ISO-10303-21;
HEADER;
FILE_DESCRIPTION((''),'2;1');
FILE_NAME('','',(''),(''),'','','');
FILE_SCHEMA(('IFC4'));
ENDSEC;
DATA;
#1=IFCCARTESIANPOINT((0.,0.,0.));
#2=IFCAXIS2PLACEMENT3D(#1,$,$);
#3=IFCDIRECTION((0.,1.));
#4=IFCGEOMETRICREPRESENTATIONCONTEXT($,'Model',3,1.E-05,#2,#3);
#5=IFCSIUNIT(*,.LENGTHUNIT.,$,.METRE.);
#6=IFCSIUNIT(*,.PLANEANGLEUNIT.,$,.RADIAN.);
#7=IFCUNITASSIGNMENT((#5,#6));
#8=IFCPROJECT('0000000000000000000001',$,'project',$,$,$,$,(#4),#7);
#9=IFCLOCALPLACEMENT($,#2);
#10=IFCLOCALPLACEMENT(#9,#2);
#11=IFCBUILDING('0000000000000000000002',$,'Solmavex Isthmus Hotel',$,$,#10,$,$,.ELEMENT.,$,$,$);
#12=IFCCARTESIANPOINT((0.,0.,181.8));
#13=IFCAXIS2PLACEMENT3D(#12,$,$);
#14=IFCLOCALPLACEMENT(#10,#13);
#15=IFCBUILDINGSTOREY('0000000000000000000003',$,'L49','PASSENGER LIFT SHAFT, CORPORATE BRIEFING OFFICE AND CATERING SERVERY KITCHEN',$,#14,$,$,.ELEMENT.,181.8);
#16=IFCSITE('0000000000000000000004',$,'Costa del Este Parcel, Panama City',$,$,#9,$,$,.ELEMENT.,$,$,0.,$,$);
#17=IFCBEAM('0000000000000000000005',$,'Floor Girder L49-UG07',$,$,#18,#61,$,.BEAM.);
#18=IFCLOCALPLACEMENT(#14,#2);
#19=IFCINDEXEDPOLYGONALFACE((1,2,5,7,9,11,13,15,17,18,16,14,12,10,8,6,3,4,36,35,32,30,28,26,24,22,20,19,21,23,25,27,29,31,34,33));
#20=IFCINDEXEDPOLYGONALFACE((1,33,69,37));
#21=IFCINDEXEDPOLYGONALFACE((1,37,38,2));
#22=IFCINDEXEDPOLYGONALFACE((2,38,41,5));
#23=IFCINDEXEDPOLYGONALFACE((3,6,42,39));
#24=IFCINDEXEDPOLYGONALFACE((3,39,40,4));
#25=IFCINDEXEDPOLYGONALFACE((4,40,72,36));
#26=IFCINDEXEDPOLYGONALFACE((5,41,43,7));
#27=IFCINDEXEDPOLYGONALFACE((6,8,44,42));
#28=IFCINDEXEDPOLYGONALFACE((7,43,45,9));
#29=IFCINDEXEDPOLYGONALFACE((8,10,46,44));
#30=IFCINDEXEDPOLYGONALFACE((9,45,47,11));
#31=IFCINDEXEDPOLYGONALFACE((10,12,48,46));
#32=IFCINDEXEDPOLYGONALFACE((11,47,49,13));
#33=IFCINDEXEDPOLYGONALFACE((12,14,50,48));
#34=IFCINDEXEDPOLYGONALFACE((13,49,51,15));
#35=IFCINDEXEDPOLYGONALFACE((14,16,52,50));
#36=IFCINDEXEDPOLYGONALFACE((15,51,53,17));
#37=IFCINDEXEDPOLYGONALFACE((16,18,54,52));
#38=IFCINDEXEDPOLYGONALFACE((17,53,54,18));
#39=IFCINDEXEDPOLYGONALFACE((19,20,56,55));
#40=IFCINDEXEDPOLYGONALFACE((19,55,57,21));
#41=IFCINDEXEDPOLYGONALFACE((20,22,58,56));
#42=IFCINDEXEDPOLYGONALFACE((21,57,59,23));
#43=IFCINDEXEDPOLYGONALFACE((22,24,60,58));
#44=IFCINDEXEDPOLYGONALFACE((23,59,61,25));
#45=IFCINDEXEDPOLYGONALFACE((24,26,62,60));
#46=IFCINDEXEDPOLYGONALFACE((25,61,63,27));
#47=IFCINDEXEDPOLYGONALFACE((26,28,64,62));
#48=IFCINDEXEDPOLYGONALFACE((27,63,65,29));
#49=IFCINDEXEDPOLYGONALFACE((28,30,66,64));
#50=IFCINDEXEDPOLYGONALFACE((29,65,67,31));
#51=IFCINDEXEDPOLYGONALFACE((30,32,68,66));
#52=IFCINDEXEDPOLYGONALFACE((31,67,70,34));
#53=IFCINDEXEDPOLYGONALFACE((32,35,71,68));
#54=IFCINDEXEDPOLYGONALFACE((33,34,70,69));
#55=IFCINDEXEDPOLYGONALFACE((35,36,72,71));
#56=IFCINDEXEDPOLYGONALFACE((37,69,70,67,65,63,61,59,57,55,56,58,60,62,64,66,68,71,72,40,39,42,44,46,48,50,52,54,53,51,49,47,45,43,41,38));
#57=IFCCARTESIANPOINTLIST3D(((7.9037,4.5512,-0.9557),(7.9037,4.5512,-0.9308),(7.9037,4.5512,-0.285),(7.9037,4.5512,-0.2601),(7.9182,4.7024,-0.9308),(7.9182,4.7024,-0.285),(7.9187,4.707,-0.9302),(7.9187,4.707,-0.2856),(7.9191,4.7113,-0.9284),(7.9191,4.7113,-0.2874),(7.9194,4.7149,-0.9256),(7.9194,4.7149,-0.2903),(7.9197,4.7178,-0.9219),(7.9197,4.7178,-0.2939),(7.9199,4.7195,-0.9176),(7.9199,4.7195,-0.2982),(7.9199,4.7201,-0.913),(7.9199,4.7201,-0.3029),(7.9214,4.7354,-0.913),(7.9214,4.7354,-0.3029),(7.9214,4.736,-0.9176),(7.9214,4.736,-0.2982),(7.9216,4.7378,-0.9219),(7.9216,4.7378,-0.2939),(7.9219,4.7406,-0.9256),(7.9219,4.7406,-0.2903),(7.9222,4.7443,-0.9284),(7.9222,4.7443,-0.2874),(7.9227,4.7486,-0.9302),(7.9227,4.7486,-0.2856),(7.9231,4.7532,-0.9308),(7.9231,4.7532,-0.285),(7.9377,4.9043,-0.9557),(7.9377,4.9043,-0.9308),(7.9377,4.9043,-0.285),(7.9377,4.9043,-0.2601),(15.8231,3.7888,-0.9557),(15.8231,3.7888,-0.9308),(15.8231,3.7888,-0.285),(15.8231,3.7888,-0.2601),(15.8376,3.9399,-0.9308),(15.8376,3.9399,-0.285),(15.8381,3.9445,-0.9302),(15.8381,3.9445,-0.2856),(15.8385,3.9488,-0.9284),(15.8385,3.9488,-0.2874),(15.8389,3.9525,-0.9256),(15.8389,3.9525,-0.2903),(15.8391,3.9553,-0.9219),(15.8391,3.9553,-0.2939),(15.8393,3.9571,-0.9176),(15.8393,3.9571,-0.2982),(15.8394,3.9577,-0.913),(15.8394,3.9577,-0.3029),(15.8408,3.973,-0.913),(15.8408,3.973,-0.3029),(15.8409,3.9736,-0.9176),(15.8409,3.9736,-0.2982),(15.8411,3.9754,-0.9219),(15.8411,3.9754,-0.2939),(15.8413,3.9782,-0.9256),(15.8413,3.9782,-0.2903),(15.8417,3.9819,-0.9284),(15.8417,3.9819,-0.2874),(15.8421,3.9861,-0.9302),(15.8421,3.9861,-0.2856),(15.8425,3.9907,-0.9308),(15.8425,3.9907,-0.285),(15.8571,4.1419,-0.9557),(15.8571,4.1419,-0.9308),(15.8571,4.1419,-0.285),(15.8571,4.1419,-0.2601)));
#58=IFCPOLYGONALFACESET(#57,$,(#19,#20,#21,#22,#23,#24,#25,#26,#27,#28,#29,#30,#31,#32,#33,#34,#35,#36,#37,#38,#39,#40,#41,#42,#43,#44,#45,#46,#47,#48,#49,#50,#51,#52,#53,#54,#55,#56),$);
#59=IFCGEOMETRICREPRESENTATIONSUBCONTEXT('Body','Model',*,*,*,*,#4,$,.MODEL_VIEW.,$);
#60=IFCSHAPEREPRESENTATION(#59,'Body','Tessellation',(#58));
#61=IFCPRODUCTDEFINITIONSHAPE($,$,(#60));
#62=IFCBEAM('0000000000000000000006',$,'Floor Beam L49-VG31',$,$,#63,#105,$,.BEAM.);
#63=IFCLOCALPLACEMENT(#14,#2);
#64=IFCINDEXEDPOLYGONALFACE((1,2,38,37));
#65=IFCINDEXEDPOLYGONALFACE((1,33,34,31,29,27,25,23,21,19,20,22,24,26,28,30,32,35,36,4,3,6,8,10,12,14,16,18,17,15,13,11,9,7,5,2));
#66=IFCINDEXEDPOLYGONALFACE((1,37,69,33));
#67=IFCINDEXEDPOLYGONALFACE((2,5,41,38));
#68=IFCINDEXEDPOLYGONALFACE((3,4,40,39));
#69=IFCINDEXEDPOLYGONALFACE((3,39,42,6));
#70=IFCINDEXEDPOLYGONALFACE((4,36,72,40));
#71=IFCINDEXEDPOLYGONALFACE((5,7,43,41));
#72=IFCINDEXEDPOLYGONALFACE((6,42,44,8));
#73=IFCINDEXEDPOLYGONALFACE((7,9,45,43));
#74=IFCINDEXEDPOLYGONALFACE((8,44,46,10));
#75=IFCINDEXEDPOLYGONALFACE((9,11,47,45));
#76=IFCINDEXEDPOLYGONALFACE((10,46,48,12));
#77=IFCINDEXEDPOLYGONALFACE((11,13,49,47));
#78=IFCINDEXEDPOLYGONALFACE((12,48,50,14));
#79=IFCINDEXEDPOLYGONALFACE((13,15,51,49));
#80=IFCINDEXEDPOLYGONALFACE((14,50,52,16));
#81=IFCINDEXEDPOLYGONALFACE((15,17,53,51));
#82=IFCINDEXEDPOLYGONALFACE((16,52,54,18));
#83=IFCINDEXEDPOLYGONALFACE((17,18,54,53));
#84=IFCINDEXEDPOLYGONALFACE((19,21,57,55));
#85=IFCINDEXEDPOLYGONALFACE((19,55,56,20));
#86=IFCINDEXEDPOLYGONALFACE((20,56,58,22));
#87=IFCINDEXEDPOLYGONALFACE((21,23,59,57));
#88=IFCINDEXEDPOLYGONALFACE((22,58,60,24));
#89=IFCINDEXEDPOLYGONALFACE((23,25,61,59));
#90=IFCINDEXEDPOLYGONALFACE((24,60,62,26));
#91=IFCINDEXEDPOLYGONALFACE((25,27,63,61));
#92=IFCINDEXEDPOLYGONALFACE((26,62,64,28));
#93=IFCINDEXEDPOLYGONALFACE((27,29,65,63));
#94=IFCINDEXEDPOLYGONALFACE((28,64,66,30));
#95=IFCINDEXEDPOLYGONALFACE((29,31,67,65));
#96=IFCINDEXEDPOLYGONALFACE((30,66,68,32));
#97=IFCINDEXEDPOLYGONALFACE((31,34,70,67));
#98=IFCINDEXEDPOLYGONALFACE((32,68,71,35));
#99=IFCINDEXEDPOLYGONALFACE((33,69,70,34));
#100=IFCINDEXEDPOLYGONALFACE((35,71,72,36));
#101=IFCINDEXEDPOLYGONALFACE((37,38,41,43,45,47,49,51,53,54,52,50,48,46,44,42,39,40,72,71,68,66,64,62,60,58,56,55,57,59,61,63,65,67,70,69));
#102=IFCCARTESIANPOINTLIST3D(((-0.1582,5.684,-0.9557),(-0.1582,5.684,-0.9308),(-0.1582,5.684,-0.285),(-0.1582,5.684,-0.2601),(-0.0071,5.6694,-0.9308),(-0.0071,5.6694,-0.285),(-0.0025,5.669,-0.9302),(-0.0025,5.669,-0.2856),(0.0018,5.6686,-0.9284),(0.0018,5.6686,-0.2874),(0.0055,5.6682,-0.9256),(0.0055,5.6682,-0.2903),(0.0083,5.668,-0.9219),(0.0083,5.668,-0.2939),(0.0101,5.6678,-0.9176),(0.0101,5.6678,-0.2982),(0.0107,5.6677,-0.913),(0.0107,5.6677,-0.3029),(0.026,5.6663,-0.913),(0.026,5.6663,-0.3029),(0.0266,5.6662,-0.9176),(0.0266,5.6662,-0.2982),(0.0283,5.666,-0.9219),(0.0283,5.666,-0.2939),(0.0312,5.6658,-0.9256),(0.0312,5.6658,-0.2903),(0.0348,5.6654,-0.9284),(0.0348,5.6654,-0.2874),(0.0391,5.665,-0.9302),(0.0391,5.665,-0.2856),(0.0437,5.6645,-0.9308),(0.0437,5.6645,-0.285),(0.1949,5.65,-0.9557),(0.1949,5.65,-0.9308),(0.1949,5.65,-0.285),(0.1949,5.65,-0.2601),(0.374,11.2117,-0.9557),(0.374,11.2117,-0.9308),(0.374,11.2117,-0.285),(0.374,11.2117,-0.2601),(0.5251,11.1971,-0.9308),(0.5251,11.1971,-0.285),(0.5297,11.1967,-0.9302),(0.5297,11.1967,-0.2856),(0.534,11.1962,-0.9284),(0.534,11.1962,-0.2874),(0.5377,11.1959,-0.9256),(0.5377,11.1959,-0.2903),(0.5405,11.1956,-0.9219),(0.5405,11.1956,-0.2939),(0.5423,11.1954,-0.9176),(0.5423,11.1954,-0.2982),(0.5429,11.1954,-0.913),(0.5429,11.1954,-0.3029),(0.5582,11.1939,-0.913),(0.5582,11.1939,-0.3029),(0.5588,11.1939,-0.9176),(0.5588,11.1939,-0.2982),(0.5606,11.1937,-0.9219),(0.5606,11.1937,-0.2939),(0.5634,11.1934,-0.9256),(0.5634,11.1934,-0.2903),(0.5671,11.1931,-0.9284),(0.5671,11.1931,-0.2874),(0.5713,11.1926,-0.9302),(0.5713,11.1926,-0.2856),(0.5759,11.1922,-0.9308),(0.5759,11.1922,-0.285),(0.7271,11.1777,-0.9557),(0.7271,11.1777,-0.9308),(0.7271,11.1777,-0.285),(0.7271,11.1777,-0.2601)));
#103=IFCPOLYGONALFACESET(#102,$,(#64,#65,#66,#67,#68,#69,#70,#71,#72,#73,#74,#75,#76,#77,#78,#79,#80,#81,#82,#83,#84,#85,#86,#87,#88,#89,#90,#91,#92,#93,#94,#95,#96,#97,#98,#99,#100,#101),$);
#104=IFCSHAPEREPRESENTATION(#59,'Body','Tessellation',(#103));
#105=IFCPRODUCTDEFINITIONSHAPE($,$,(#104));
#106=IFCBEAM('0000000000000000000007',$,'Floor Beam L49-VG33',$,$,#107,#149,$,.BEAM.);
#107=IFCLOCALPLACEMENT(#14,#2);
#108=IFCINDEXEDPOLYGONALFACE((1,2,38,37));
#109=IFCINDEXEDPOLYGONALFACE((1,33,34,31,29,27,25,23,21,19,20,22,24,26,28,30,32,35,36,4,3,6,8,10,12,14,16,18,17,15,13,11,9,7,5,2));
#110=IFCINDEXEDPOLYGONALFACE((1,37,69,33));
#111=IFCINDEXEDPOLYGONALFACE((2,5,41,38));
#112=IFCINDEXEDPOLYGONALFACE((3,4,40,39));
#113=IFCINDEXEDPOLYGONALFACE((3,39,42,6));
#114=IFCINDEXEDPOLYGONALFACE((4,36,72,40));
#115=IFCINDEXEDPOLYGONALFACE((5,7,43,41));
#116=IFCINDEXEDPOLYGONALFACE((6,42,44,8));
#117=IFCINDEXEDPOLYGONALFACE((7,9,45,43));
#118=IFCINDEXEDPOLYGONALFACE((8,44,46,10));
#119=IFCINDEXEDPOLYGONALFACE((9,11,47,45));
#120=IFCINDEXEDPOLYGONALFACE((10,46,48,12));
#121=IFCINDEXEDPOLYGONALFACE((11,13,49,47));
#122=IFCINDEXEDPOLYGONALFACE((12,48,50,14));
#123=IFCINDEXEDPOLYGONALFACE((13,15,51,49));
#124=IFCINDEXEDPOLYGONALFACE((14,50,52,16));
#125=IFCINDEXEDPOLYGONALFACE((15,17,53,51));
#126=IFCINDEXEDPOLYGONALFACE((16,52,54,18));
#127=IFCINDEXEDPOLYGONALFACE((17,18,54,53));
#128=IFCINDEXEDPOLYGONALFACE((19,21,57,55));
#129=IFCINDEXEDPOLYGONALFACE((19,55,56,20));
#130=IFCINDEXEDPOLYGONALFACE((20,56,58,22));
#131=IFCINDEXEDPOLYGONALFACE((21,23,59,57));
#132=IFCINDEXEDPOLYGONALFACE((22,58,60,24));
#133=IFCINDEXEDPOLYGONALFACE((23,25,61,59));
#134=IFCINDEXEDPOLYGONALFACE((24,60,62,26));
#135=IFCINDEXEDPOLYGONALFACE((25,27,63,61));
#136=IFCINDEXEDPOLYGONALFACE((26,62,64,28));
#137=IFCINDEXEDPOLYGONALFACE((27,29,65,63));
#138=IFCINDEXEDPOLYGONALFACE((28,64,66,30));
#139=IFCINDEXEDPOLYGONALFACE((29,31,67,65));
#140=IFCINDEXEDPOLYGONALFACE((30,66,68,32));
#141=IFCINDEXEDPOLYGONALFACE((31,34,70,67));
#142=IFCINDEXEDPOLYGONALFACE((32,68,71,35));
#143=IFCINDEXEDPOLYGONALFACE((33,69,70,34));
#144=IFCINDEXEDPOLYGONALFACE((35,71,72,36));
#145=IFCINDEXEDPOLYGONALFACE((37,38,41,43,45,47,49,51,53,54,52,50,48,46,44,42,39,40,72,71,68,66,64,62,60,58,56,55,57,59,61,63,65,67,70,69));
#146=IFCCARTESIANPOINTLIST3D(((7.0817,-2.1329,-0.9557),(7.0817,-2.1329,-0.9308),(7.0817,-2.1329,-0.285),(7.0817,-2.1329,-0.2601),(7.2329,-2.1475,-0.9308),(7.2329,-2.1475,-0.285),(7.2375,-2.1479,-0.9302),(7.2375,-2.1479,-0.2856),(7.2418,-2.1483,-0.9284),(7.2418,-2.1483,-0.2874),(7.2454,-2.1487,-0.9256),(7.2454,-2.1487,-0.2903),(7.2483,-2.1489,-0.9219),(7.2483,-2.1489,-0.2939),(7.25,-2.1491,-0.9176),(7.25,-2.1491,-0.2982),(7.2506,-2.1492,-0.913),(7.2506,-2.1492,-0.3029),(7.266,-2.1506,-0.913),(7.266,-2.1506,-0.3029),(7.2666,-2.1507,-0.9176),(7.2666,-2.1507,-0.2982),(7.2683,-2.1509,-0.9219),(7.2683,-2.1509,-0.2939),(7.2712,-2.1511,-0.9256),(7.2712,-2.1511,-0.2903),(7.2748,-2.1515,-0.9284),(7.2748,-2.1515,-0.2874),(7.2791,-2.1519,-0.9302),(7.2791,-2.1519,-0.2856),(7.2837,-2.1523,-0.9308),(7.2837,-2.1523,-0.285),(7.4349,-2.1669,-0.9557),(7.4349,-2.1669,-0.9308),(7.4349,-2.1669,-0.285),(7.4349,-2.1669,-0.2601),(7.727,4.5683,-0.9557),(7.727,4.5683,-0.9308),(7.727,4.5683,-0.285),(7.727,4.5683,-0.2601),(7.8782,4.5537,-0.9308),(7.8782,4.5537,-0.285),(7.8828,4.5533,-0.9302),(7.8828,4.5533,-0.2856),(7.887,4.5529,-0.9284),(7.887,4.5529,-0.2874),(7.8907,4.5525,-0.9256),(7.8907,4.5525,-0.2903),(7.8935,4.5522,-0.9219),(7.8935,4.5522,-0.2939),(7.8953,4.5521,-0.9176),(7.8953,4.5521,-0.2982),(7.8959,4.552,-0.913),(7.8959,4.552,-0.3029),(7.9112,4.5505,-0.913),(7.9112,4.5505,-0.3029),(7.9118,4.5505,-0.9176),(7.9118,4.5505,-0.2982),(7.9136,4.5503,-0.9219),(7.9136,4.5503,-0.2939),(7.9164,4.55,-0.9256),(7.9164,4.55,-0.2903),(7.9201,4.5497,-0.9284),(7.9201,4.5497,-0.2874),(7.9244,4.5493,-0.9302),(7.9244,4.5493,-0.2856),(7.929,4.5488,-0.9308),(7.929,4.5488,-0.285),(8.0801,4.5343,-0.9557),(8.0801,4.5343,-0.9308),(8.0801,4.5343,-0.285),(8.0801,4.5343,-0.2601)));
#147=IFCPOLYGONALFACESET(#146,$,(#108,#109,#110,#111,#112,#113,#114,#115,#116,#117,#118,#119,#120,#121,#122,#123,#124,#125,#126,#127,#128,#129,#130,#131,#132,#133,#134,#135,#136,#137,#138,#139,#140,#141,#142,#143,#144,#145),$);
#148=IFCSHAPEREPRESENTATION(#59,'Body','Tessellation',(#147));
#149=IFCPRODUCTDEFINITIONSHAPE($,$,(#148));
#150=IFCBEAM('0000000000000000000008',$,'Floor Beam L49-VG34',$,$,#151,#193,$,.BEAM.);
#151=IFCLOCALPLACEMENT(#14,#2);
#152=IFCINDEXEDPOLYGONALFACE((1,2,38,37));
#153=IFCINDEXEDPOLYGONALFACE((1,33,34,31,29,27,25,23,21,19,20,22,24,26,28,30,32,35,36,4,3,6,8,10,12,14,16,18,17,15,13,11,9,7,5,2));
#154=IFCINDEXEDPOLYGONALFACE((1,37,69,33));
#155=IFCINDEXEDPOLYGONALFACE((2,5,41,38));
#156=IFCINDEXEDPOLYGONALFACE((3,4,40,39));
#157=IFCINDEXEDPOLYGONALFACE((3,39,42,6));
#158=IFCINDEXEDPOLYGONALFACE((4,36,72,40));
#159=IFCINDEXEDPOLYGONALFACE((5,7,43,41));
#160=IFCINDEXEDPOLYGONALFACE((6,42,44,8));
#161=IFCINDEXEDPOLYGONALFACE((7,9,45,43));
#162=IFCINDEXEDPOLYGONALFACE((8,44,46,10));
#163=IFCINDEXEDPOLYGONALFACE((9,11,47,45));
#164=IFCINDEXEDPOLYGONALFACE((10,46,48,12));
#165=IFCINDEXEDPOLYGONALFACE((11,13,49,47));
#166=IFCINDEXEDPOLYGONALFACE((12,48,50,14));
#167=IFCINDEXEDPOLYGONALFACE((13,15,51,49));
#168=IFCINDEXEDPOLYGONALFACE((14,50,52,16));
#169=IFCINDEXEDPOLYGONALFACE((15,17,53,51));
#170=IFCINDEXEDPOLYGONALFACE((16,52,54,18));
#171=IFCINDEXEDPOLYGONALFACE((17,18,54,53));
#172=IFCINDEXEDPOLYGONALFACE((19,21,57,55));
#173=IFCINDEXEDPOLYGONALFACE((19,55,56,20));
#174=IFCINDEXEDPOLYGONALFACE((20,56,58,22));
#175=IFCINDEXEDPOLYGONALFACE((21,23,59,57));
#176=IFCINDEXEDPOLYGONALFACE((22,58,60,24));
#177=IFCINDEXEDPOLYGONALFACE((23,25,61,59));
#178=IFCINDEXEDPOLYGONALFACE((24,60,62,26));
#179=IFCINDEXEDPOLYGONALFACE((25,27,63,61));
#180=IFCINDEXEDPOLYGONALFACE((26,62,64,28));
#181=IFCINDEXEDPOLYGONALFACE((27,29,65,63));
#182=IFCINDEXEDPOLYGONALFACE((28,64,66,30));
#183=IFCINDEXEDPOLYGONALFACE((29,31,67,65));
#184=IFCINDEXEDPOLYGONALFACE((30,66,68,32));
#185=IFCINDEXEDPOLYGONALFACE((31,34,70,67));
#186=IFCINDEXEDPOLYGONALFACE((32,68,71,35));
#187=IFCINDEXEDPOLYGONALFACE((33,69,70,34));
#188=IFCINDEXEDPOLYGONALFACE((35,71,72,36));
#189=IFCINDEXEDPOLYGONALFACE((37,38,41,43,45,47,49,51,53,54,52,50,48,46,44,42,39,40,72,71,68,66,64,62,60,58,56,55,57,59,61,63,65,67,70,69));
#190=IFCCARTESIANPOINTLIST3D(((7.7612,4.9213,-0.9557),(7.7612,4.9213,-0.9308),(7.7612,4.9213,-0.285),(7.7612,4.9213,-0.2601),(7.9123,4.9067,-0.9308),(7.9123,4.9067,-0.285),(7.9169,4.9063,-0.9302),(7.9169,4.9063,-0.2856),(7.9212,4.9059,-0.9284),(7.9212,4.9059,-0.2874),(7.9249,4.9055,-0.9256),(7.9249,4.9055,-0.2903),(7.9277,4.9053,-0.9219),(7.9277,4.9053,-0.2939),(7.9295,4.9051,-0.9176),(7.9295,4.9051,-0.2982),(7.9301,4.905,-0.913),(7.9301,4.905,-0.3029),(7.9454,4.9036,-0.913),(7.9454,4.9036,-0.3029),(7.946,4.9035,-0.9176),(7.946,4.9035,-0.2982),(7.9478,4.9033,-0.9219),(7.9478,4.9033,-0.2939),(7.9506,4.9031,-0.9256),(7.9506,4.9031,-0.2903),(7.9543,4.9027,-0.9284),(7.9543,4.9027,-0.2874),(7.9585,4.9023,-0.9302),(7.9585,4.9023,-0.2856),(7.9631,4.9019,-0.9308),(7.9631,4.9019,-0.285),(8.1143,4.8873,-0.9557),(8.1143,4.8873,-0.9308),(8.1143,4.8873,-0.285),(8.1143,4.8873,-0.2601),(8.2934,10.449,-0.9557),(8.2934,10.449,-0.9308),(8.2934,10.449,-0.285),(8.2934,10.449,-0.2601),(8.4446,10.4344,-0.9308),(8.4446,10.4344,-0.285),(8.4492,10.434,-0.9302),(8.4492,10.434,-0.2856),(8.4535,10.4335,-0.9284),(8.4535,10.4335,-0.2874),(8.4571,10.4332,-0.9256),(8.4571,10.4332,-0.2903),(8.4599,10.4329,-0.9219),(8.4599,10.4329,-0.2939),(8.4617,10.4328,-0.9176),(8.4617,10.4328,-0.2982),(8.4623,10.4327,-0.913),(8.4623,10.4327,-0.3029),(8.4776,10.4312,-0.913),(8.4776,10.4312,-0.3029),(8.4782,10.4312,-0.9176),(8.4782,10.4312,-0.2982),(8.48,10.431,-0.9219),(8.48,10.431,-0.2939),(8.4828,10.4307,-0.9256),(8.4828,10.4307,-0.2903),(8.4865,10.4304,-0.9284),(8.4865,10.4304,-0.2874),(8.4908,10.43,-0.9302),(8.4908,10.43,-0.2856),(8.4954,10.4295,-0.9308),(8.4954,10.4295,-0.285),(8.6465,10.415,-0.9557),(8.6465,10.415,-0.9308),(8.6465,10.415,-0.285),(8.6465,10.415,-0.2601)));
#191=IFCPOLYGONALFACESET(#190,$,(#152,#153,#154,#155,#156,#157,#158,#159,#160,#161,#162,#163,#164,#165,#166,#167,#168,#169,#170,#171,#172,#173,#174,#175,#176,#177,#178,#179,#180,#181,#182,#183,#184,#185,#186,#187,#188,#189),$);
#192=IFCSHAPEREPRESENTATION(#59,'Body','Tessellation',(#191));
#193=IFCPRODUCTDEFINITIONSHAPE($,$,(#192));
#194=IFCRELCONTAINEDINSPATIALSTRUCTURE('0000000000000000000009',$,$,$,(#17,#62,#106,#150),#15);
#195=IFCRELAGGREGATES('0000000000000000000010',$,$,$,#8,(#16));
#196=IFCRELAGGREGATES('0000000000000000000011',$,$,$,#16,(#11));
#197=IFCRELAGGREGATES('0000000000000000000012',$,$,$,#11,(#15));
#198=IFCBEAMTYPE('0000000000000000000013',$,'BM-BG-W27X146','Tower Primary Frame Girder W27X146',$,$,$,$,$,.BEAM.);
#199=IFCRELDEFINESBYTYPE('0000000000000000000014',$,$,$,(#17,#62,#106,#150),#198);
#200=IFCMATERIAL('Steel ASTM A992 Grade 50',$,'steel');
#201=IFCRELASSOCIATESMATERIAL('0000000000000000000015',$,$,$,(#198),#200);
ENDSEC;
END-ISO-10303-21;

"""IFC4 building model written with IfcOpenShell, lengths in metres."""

from ifc_helpers import new_model, si_unit, direction, frame, origin, origin_2d, place, context, subcontext, project, spatial, i_section, extrude, material, material_profile, profile_set, type_object, element, save


model = new_model("IFC4")

# Units and contexts
model_context = context("Model", 3, precision=1e-05, world=origin(), true_north=direction((0.0, 1.0)))
body_context = subcontext(model_context, "Body", "Model", "MODEL_VIEW")
ifc_project = project(units=[si_unit("LENGTHUNIT", "METRE"), si_unit("PLANEANGLEUNIT", "RADIAN")], contexts=[model_context])

# Site, building, storey
site_placement = place(None, origin())
site = spatial("IfcSite", under=ifc_project, at=site_placement, Name="Costa del Este Parcel, Panama City", CompositionType="ELEMENT", RefElevation=0.0)
building_placement = place(site_placement, origin())
building = spatial("IfcBuilding", under=site, at=building_placement, Name="Solmavex Isthmus Hotel", CompositionType="ELEMENT")
storey_placement = place(building_placement, frame((0.0, 0.0, 181.8)))
storey = spatial("IfcBuildingStorey", under=building, at=storey_placement, Name="L49", Description="PASSENGER LIFT SHAFT, CORPORATE BRIEFING OFFICE AND CATERING SERVERY KITCHEN", CompositionType="ELEMENT", Elevation=181.8)

# Beams
ifc_material_1 = material(Name="Steel ASTM A992 Grade 50", Category="steel")
ifc_material_profile_1 = material_profile(ifc_material_1, i_section(OverallWidth=0.3547, OverallDepth=0.6956, WebThickness=0.0154, FlangeThickness=0.0249, FilletRadius=0.0178, at=origin_2d()), Name="W27X146")
ifc_profile_set_1 = profile_set([ifc_material_profile_1], Name="Steel ASTM A992 Grade 50")
beam_type_1 = type_object("IfcBeamType", Name="BM-BG-W27X146", Description="Tower Primary Frame Girder W27X146", PredefinedType="BEAM", material=ifc_profile_set_1)
for number, where, z_axis, x_axis, name in (
    (1, (7.9207, 4.7278, -0.6079), (0.995397, -0.095833, 0.0), (0.095833, 0.995397, 0.0), "Floor Girder L49-UG07"),
):
    element("IfcBeam", number, at=place(storey_placement, frame(where, z_axis=z_axis, x_axis=x_axis)), inside=storey, type_object=beam_type_1, Name=name, PredefinedType="BEAM", context=body_context, shape_type="SweptSolid", body=[
        extrude(i_section(OverallWidth=0.3547, OverallDepth=0.6956, WebThickness=0.0154, FlangeThickness=0.0249, FilletRadius=0.0178, at=origin_2d()), origin(), (0.0, 0.0, 1.0), 7.9561),
    ])
beam_1_placement = place(storey_placement, frame((0.0183, 5.667, -0.6079), z_axis=(0.095842, 0.995397, 0.0), x_axis=(-0.995397, 0.095842, 0.0)))
element("IfcBeam", 2, at=beam_1_placement, inside=storey, type_object=beam_type_1, Name="Floor Beam L49-VG31", PredefinedType="BEAM", context=body_context, shape_type="SweptSolid", body=[
    extrude(i_section(OverallWidth=0.3547, OverallDepth=0.6956, WebThickness=0.0154, FlangeThickness=0.0249, FilletRadius=0.0178, at=origin_2d()), origin(), (0.0, 0.0, 1.0), 5.5532),
])
beam_2_placement = place(storey_placement, frame((7.2583, -2.1499, -0.6079), z_axis=(0.095848, 0.995396, 0.0), x_axis=(-0.995396, 0.095848, 0.0)))
element("IfcBeam", 3, at=beam_2_placement, inside=storey, type_object=beam_type_1, Name="Floor Beam L49-VG33", PredefinedType="BEAM", context=body_context, shape_type="SweptSolid", body=[
    extrude(i_section(OverallWidth=0.3547, OverallDepth=0.6956, WebThickness=0.0154, FlangeThickness=0.0249, FilletRadius=0.0178, at=origin_2d()), origin(), (0.0, 0.0, 1.0), 6.7322),
])
beam_3_placement = place(storey_placement, frame((7.9377, 4.9043, -0.6079), z_axis=(0.095842, 0.995397, 0.0), x_axis=(-0.995397, 0.095842, 0.0)))
element("IfcBeam", 4, at=beam_3_placement, inside=storey, type_object=beam_type_1, Name="Floor Beam L49-VG34", PredefinedType="BEAM", context=body_context, shape_type="SweptSolid", body=[
    extrude(i_section(OverallWidth=0.3547, OverallDepth=0.6956, WebThickness=0.0154, FlangeThickness=0.0249, FilletRadius=0.0178, at=origin_2d()), origin(), (0.0, 0.0, 1.0), 5.5532),
])

save(model, "model.ifc")
